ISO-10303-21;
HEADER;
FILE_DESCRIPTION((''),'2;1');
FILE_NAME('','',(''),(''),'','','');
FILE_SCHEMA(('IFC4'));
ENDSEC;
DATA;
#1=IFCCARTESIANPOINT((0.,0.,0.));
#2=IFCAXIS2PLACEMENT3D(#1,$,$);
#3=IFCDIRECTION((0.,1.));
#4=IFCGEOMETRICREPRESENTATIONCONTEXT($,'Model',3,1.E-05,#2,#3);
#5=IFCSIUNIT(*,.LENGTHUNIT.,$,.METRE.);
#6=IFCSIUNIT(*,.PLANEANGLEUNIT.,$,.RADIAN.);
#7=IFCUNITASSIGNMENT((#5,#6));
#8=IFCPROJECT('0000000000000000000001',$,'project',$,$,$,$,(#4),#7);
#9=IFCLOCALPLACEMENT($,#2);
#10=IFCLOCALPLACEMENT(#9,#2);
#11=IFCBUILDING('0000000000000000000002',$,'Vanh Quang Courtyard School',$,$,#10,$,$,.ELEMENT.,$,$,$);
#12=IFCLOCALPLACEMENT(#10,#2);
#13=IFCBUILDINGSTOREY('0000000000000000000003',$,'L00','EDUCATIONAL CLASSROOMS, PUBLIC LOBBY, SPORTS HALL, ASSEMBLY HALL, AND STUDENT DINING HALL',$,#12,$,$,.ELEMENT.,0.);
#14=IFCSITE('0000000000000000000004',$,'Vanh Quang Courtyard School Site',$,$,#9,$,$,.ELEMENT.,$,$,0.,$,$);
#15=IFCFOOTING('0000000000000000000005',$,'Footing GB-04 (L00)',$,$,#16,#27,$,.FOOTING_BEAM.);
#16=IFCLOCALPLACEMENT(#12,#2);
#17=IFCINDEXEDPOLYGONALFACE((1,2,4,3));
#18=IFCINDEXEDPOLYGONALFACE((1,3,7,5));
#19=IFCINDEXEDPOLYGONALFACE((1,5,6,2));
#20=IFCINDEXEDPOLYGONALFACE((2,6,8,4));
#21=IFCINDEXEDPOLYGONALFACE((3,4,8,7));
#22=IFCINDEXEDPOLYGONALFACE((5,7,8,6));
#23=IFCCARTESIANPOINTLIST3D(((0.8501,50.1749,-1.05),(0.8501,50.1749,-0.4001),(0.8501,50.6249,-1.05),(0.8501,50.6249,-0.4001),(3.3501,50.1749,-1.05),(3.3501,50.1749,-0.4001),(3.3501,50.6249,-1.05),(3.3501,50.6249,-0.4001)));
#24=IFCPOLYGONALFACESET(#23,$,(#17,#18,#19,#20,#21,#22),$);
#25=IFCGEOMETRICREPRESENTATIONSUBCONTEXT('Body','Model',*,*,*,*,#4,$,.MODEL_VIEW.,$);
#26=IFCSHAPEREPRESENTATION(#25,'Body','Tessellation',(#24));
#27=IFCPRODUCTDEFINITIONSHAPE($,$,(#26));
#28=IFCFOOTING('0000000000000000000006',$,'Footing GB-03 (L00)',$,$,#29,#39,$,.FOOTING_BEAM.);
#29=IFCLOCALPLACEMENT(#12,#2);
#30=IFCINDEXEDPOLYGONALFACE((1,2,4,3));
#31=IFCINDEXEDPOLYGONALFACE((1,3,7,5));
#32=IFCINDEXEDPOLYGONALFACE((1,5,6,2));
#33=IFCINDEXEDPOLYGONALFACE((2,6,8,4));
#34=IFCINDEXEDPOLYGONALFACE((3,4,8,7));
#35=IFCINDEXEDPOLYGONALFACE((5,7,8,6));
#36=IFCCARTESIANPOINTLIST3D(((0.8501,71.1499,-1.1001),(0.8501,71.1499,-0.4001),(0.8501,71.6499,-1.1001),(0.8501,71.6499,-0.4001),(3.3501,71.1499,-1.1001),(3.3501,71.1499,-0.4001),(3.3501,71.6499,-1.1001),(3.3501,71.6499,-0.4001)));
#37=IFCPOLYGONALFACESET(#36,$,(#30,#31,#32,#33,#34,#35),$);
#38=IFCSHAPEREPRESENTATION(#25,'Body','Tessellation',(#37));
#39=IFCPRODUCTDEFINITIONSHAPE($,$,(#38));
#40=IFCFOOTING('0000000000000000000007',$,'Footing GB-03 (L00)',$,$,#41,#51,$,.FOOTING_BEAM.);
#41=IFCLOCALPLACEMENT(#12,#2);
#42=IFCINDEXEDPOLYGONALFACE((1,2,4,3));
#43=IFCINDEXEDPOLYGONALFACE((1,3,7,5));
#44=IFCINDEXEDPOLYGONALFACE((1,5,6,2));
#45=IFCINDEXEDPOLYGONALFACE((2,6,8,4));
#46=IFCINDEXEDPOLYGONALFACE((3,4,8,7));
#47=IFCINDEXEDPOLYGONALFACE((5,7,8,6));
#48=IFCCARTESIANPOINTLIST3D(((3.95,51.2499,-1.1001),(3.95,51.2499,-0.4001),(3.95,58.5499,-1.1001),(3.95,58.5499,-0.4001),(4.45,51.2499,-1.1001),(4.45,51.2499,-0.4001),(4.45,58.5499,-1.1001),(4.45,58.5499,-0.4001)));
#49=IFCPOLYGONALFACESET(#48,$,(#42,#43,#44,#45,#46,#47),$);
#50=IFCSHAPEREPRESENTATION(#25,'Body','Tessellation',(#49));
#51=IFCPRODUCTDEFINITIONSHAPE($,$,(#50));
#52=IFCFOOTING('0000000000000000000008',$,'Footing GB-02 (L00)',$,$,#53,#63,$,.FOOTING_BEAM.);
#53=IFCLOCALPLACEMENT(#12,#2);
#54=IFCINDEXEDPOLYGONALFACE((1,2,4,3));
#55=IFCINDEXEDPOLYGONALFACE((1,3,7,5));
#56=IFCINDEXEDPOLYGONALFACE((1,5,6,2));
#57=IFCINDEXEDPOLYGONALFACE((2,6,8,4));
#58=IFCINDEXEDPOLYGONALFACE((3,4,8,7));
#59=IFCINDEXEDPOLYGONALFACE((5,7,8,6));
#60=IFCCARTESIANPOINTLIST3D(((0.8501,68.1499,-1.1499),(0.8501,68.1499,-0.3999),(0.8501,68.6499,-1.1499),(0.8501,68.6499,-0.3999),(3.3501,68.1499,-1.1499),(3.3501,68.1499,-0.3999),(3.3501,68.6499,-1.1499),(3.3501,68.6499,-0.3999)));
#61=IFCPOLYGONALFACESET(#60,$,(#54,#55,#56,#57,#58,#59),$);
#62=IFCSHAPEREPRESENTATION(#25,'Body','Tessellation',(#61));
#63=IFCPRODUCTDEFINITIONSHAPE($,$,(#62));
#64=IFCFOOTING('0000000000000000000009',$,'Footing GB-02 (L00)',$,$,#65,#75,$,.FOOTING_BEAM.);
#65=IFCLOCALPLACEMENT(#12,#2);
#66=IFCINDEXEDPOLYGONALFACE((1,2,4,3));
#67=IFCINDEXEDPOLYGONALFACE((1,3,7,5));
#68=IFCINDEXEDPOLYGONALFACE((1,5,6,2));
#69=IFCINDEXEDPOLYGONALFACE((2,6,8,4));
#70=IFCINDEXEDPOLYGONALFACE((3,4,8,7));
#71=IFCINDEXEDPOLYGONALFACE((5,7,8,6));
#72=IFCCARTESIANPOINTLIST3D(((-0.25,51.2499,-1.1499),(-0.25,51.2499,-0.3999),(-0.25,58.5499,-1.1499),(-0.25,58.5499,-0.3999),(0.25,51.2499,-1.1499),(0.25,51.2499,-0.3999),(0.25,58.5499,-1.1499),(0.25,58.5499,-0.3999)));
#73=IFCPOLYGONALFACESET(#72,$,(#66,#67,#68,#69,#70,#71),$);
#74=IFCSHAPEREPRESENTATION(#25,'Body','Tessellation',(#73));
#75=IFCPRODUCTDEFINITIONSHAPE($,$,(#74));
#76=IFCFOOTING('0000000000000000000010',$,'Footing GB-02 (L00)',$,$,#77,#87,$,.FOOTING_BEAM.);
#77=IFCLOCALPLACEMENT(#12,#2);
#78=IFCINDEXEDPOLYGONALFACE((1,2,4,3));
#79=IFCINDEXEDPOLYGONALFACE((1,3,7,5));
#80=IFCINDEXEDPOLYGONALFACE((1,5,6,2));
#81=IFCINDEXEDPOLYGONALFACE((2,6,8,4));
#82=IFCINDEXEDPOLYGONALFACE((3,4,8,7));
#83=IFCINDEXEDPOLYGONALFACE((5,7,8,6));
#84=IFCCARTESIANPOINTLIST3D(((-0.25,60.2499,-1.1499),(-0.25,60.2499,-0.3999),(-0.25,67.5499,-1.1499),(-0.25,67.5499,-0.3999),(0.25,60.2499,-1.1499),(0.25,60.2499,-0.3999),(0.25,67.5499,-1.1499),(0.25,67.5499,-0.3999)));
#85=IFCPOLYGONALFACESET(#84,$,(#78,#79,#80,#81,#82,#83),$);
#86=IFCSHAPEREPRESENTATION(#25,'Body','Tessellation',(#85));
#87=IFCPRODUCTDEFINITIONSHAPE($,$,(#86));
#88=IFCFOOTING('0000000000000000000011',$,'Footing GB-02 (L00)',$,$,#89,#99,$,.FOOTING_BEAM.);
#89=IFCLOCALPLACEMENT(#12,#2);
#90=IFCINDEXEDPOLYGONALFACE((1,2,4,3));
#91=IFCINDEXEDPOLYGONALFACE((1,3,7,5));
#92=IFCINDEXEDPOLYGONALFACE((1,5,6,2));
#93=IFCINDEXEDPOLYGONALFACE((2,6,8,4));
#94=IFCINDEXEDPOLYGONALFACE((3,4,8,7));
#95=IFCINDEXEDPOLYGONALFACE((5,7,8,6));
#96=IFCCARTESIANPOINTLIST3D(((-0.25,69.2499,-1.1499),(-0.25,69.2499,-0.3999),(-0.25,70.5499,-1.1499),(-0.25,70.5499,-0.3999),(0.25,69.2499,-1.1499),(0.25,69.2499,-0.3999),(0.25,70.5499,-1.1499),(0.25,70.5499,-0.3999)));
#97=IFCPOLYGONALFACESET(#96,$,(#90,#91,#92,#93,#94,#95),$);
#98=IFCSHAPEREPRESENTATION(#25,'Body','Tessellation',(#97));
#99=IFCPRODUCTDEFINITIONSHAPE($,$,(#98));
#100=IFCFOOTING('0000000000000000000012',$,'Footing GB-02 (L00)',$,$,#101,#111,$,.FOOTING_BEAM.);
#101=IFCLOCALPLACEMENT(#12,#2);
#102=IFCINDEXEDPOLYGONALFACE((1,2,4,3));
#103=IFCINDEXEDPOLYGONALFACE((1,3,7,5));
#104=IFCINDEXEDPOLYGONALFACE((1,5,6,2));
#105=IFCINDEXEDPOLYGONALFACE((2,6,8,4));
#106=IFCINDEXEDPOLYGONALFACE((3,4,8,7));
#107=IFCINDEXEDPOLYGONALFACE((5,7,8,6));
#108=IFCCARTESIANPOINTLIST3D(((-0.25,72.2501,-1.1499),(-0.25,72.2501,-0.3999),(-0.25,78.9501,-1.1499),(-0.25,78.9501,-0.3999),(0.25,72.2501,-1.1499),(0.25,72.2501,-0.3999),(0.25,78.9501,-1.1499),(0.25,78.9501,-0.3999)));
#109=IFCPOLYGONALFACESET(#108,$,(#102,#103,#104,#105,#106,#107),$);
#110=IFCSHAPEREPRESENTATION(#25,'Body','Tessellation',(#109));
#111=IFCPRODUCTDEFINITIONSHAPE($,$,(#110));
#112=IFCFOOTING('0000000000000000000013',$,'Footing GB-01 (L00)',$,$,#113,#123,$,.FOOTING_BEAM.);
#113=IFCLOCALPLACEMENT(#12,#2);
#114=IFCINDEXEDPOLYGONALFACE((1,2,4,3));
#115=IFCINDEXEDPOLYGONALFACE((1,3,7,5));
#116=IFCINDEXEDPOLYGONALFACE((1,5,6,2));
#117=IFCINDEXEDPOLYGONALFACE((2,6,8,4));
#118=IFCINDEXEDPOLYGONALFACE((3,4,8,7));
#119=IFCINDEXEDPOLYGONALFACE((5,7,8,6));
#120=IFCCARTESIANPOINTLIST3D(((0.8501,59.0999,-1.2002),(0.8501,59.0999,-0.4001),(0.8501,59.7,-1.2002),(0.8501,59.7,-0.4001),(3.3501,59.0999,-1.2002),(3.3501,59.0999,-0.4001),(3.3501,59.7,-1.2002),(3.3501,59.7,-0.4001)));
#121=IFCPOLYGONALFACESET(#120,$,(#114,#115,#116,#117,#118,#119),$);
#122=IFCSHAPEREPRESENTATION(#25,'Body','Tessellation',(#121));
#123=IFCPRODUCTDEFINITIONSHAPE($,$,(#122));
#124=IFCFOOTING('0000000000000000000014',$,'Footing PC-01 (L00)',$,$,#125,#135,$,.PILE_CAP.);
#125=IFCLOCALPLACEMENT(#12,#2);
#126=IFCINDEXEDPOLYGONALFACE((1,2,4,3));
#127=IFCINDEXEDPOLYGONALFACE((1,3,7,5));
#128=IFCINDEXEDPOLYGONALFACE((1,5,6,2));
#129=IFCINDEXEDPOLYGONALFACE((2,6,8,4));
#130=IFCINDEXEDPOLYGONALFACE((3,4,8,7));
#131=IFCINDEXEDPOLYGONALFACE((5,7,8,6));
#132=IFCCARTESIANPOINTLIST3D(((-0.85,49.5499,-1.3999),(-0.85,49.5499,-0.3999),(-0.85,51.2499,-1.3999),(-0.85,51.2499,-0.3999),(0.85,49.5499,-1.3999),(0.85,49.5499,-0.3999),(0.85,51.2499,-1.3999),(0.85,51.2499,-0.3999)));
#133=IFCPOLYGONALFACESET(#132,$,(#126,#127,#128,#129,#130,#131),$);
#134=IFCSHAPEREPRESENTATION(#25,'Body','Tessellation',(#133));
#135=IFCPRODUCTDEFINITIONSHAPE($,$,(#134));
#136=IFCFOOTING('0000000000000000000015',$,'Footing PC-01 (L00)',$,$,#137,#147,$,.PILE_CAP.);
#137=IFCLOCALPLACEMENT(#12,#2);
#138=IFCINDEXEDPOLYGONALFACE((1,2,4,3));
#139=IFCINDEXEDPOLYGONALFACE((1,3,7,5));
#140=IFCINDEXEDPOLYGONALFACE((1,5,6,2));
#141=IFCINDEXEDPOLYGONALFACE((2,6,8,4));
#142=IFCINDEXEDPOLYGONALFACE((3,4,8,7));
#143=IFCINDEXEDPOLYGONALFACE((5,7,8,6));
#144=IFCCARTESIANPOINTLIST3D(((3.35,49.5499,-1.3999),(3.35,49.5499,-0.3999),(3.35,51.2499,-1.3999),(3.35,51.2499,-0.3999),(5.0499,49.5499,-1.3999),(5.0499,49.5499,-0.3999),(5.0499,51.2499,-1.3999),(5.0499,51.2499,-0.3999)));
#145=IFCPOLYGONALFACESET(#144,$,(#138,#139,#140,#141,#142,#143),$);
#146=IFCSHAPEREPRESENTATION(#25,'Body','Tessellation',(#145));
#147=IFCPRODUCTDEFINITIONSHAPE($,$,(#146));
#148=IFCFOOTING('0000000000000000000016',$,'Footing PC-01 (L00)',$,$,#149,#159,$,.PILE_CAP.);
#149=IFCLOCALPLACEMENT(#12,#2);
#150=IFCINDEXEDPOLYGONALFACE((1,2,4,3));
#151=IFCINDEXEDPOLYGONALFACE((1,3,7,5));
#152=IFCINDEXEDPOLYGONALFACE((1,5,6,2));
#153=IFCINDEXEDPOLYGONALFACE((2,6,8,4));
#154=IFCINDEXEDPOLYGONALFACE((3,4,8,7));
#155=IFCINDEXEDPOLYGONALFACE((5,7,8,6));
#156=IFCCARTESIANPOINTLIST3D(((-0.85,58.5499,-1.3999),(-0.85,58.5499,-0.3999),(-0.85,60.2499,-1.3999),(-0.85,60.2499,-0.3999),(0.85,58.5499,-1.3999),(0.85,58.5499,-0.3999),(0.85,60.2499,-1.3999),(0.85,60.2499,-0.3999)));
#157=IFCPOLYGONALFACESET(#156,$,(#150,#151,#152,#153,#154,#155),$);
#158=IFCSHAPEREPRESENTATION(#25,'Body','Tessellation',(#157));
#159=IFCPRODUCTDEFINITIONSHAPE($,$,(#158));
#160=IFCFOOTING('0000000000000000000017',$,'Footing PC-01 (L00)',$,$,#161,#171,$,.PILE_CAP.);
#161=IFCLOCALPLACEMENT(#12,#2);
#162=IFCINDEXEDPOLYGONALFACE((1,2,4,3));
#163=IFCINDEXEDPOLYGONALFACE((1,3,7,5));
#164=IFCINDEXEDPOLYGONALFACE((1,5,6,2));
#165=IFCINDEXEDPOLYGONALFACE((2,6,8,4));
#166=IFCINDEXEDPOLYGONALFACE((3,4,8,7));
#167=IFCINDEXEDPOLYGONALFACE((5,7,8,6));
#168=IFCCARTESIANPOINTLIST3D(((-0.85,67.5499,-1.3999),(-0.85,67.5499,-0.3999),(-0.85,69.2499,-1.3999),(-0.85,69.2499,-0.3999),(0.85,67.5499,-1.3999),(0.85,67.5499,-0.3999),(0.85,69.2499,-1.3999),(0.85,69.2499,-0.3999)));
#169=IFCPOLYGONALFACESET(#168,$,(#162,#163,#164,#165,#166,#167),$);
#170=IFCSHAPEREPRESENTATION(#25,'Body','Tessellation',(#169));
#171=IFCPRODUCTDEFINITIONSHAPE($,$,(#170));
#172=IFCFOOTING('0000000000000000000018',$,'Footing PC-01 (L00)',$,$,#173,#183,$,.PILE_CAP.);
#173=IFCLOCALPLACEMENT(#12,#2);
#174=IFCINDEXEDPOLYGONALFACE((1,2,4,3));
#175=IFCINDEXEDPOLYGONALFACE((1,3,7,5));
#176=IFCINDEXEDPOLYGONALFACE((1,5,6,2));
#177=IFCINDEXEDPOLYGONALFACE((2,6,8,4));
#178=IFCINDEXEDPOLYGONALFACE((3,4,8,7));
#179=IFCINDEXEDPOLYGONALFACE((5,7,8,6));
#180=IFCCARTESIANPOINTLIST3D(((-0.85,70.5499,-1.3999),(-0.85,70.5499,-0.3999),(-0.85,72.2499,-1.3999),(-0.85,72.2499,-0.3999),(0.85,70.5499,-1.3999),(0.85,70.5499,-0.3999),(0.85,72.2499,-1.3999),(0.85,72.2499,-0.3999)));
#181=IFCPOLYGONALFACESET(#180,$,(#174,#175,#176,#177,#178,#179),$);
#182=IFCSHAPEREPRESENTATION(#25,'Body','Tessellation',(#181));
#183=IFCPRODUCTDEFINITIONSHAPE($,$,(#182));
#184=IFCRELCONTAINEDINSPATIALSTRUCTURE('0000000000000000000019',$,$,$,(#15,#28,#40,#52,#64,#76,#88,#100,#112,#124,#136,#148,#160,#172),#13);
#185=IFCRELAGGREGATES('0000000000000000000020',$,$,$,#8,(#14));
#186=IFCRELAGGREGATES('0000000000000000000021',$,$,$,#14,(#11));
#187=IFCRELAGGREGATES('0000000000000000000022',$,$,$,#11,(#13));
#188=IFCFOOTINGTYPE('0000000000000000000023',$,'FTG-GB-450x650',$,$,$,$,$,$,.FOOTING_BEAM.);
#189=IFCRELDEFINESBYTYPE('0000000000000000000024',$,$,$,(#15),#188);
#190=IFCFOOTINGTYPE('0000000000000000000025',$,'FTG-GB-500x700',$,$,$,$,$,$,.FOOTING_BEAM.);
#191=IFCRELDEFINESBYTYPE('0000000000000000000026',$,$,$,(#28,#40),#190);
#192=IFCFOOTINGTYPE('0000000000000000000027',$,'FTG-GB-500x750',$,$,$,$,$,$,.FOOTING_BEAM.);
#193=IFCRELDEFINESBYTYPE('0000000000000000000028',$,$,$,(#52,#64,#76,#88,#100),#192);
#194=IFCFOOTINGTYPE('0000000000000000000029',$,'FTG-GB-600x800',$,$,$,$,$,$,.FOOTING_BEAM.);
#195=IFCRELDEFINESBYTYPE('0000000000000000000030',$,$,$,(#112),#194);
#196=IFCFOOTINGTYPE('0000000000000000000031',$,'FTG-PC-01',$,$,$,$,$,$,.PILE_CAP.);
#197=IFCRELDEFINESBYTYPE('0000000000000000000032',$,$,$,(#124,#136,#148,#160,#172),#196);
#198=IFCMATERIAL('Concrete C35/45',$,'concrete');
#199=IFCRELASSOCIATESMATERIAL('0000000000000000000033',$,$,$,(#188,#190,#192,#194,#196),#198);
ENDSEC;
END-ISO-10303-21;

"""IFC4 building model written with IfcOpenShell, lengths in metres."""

from ifc_helpers import new_model, si_unit, direction, frame, origin, origin_2d, place, context, subcontext, project, spatial, rectangle, extrude, material, type_object, element, save


model = new_model("IFC4")

# Units and contexts
model_context = context("Model", 3, precision=1e-05, world=origin(), true_north=direction((0.0, 1.0)))
body_context = subcontext(model_context, "Body", "Model", "MODEL_VIEW")
ifc_project = project(units=[si_unit("LENGTHUNIT", "METRE"), si_unit("PLANEANGLEUNIT", "RADIAN")], contexts=[model_context])

# Site, building, storey
site_placement = place(None, origin())
site = spatial("IfcSite", under=ifc_project, at=site_placement, Name="Vanh Quang Courtyard School Site", CompositionType="ELEMENT", RefElevation=0.0)
building_placement = place(site_placement, origin())
building = spatial("IfcBuilding", under=site, at=building_placement, Name="Vanh Quang Courtyard School", CompositionType="ELEMENT")
storey_placement = place(building_placement, origin())
storey = spatial("IfcBuildingStorey", under=building, at=storey_placement, Name="L00", Description="EDUCATIONAL CLASSROOMS, PUBLIC LOBBY, SPORTS HALL, ASSEMBLY HALL, AND STUDENT DINING HALL", CompositionType="ELEMENT", Elevation=0.0)

# Footings
ifc_material_1 = material(Name="Concrete C35/45", Category="concrete")
footing_type_1 = type_object("IfcFootingType", Name="FTG-GB-450x650", PredefinedType="FOOTING_BEAM", material=ifc_material_1)
footing_1_placement = place(storey_placement, frame((2.1001, 50.3999, -1.05), z_axis=(0.0, 0.0, 1.0), x_axis=(1.0, 0.0, 0.0)))
element("IfcFooting", 1, at=footing_1_placement, inside=storey, type_object=footing_type_1, Name="Footing GB-04 (L00)", PredefinedType="FOOTING_BEAM", context=body_context, shape_type="SweptSolid", body=[
    extrude(rectangle(XDim=2.5, YDim=0.45, at=origin_2d()), origin(), (0.0, 0.0, 1.0), 0.6499),
])
footing_type_2 = type_object("IfcFootingType", Name="FTG-GB-500x700", PredefinedType="FOOTING_BEAM", material=ifc_material_1)
footing_2_placement = place(storey_placement, frame((2.1001, 71.3999, -1.1001), z_axis=(0.0, 0.0, 1.0), x_axis=(1.0, 0.0, 0.0)))
element("IfcFooting", 2, at=footing_2_placement, inside=storey, type_object=footing_type_2, Name="Footing GB-03 (L00)", PredefinedType="FOOTING_BEAM", context=body_context, shape_type="SweptSolid", body=[
    extrude(rectangle(XDim=2.5, YDim=0.5, at=origin_2d()), origin(), (0.0, 0.0, 1.0), 0.7),
])
footing_3_placement = place(storey_placement, frame((4.2, 54.8999, -1.1001), z_axis=(0.0, 0.0, 1.0), x_axis=(0.0, 1.0, 0.0)))
element("IfcFooting", 3, at=footing_3_placement, inside=storey, type_object=footing_type_2, Name="Footing GB-03 (L00)", PredefinedType="FOOTING_BEAM", context=body_context, shape_type="SweptSolid", body=[
    extrude(rectangle(XDim=7.3, YDim=0.5, at=origin_2d()), origin(), (0.0, 0.0, 1.0), 0.7),
])
footing_type_3 = type_object("IfcFootingType", Name="FTG-GB-500x750", PredefinedType="FOOTING_BEAM", material=ifc_material_1)
footing_4_placement = place(storey_placement, frame((2.1001, 68.3999, -1.1499), z_axis=(0.0, 0.0, 1.0), x_axis=(1.0, 0.0, 0.0)))
element("IfcFooting", 4, at=footing_4_placement, inside=storey, type_object=footing_type_3, Name="Footing GB-02 (L00)", PredefinedType="FOOTING_BEAM", context=body_context, shape_type="SweptSolid", body=[
    extrude(rectangle(XDim=2.5, YDim=0.5, at=origin_2d()), origin(), (0.0, 0.0, 1.0), 0.75),
])
for number, where, z_axis, x_axis, name in (
    (5, (0.0, 54.8999, -1.1499), (0.0, 0.0, 1.0), (0.0, 1.0, 0.0), "Footing GB-02 (L00)"),
    (6, (0.0, 63.8999, -1.1499), (0.0, 0.0, 1.0), (0.0, 1.0, 0.0), "Footing GB-02 (L00)"),
):
    element("IfcFooting", number, at=place(storey_placement, frame(where, z_axis=z_axis, x_axis=x_axis)), inside=storey, type_object=footing_type_3, Name=name, PredefinedType="FOOTING_BEAM", context=body_context, shape_type="SweptSolid", body=[
        extrude(rectangle(XDim=7.3, YDim=0.5, at=origin_2d()), origin(), (0.0, 0.0, 1.0), 0.75),
    ])
footing_5_placement = place(storey_placement, frame((0.0, 69.8999, -1.1499), z_axis=(0.0, 0.0, 1.0), x_axis=(0.0, 1.0, 0.0)))
element("IfcFooting", 7, at=footing_5_placement, inside=storey, type_object=footing_type_3, Name="Footing GB-02 (L00)", PredefinedType="FOOTING_BEAM", context=body_context, shape_type="SweptSolid", body=[
    extrude(rectangle(XDim=1.3, YDim=0.5, at=origin_2d()), origin(), (0.0, 0.0, 1.0), 0.75),
])
footing_6_placement = place(storey_placement, frame((0.0, 75.6001, -1.1499), z_axis=(0.0, 0.0, 1.0), x_axis=(0.0, 1.0, 0.0)))
element("IfcFooting", 8, at=footing_6_placement, inside=storey, type_object=footing_type_3, Name="Footing GB-02 (L00)", PredefinedType="FOOTING_BEAM", context=body_context, shape_type="SweptSolid", body=[
    extrude(rectangle(XDim=6.7, YDim=0.5, at=origin_2d()), origin(), (0.0, 0.0, 1.0), 0.75),
])
footing_type_4 = type_object("IfcFootingType", Name="FTG-GB-600x800", PredefinedType="FOOTING_BEAM", material=ifc_material_1)
footing_7_placement = place(storey_placement, frame((2.1001, 59.3999, -1.2002), z_axis=(0.0, 0.0, 1.0), x_axis=(1.0, 0.0, 0.0)))
element("IfcFooting", 9, at=footing_7_placement, inside=storey, type_object=footing_type_4, Name="Footing GB-01 (L00)", PredefinedType="FOOTING_BEAM", context=body_context, shape_type="SweptSolid", body=[
    extrude(rectangle(XDim=2.5, YDim=0.6001, at=origin_2d()), origin(), (0.0, 0.0, 1.0), 0.8),
])
footing_type_5 = type_object("IfcFootingType", Name="FTG-PC-01", PredefinedType="PILE_CAP", material=ifc_material_1)
for number, where, z_axis, x_axis, name in (
    (10, (0.0, 50.3999, -1.3999), (0.0, 0.0, 1.0), (1.0, 0.0, 0.0), "Footing PC-01 (L00)"),
    (11, (4.2, 50.3999, -1.3999), (0.0, 0.0, 1.0), (1.0, 0.0, 0.0), "Footing PC-01 (L00)"),
    (12, (0.0, 59.3999, -1.3999), (0.0, 0.0, 1.0), (1.0, 0.0, 0.0), "Footing PC-01 (L00)"),
    (13, (0.0, 68.3999, -1.3999), (0.0, 0.0, 1.0), (1.0, 0.0, 0.0), "Footing PC-01 (L00)"),
    (14, (0.0, 71.3999, -1.3999), (0.0, 0.0, 1.0), (1.0, 0.0, 0.0), "Footing PC-01 (L00)"),
):
    element("IfcFooting", number, at=place(storey_placement, frame(where, z_axis=z_axis, x_axis=x_axis)), inside=storey, type_object=footing_type_5, Name=name, PredefinedType="PILE_CAP", context=body_context, shape_type="SweptSolid", body=[
        extrude(rectangle(XDim=1.7, YDim=1.7, at=origin_2d()), origin(), (0.0, 0.0, 1.0), 1.0),
    ])

save(model, "model.ifc")
